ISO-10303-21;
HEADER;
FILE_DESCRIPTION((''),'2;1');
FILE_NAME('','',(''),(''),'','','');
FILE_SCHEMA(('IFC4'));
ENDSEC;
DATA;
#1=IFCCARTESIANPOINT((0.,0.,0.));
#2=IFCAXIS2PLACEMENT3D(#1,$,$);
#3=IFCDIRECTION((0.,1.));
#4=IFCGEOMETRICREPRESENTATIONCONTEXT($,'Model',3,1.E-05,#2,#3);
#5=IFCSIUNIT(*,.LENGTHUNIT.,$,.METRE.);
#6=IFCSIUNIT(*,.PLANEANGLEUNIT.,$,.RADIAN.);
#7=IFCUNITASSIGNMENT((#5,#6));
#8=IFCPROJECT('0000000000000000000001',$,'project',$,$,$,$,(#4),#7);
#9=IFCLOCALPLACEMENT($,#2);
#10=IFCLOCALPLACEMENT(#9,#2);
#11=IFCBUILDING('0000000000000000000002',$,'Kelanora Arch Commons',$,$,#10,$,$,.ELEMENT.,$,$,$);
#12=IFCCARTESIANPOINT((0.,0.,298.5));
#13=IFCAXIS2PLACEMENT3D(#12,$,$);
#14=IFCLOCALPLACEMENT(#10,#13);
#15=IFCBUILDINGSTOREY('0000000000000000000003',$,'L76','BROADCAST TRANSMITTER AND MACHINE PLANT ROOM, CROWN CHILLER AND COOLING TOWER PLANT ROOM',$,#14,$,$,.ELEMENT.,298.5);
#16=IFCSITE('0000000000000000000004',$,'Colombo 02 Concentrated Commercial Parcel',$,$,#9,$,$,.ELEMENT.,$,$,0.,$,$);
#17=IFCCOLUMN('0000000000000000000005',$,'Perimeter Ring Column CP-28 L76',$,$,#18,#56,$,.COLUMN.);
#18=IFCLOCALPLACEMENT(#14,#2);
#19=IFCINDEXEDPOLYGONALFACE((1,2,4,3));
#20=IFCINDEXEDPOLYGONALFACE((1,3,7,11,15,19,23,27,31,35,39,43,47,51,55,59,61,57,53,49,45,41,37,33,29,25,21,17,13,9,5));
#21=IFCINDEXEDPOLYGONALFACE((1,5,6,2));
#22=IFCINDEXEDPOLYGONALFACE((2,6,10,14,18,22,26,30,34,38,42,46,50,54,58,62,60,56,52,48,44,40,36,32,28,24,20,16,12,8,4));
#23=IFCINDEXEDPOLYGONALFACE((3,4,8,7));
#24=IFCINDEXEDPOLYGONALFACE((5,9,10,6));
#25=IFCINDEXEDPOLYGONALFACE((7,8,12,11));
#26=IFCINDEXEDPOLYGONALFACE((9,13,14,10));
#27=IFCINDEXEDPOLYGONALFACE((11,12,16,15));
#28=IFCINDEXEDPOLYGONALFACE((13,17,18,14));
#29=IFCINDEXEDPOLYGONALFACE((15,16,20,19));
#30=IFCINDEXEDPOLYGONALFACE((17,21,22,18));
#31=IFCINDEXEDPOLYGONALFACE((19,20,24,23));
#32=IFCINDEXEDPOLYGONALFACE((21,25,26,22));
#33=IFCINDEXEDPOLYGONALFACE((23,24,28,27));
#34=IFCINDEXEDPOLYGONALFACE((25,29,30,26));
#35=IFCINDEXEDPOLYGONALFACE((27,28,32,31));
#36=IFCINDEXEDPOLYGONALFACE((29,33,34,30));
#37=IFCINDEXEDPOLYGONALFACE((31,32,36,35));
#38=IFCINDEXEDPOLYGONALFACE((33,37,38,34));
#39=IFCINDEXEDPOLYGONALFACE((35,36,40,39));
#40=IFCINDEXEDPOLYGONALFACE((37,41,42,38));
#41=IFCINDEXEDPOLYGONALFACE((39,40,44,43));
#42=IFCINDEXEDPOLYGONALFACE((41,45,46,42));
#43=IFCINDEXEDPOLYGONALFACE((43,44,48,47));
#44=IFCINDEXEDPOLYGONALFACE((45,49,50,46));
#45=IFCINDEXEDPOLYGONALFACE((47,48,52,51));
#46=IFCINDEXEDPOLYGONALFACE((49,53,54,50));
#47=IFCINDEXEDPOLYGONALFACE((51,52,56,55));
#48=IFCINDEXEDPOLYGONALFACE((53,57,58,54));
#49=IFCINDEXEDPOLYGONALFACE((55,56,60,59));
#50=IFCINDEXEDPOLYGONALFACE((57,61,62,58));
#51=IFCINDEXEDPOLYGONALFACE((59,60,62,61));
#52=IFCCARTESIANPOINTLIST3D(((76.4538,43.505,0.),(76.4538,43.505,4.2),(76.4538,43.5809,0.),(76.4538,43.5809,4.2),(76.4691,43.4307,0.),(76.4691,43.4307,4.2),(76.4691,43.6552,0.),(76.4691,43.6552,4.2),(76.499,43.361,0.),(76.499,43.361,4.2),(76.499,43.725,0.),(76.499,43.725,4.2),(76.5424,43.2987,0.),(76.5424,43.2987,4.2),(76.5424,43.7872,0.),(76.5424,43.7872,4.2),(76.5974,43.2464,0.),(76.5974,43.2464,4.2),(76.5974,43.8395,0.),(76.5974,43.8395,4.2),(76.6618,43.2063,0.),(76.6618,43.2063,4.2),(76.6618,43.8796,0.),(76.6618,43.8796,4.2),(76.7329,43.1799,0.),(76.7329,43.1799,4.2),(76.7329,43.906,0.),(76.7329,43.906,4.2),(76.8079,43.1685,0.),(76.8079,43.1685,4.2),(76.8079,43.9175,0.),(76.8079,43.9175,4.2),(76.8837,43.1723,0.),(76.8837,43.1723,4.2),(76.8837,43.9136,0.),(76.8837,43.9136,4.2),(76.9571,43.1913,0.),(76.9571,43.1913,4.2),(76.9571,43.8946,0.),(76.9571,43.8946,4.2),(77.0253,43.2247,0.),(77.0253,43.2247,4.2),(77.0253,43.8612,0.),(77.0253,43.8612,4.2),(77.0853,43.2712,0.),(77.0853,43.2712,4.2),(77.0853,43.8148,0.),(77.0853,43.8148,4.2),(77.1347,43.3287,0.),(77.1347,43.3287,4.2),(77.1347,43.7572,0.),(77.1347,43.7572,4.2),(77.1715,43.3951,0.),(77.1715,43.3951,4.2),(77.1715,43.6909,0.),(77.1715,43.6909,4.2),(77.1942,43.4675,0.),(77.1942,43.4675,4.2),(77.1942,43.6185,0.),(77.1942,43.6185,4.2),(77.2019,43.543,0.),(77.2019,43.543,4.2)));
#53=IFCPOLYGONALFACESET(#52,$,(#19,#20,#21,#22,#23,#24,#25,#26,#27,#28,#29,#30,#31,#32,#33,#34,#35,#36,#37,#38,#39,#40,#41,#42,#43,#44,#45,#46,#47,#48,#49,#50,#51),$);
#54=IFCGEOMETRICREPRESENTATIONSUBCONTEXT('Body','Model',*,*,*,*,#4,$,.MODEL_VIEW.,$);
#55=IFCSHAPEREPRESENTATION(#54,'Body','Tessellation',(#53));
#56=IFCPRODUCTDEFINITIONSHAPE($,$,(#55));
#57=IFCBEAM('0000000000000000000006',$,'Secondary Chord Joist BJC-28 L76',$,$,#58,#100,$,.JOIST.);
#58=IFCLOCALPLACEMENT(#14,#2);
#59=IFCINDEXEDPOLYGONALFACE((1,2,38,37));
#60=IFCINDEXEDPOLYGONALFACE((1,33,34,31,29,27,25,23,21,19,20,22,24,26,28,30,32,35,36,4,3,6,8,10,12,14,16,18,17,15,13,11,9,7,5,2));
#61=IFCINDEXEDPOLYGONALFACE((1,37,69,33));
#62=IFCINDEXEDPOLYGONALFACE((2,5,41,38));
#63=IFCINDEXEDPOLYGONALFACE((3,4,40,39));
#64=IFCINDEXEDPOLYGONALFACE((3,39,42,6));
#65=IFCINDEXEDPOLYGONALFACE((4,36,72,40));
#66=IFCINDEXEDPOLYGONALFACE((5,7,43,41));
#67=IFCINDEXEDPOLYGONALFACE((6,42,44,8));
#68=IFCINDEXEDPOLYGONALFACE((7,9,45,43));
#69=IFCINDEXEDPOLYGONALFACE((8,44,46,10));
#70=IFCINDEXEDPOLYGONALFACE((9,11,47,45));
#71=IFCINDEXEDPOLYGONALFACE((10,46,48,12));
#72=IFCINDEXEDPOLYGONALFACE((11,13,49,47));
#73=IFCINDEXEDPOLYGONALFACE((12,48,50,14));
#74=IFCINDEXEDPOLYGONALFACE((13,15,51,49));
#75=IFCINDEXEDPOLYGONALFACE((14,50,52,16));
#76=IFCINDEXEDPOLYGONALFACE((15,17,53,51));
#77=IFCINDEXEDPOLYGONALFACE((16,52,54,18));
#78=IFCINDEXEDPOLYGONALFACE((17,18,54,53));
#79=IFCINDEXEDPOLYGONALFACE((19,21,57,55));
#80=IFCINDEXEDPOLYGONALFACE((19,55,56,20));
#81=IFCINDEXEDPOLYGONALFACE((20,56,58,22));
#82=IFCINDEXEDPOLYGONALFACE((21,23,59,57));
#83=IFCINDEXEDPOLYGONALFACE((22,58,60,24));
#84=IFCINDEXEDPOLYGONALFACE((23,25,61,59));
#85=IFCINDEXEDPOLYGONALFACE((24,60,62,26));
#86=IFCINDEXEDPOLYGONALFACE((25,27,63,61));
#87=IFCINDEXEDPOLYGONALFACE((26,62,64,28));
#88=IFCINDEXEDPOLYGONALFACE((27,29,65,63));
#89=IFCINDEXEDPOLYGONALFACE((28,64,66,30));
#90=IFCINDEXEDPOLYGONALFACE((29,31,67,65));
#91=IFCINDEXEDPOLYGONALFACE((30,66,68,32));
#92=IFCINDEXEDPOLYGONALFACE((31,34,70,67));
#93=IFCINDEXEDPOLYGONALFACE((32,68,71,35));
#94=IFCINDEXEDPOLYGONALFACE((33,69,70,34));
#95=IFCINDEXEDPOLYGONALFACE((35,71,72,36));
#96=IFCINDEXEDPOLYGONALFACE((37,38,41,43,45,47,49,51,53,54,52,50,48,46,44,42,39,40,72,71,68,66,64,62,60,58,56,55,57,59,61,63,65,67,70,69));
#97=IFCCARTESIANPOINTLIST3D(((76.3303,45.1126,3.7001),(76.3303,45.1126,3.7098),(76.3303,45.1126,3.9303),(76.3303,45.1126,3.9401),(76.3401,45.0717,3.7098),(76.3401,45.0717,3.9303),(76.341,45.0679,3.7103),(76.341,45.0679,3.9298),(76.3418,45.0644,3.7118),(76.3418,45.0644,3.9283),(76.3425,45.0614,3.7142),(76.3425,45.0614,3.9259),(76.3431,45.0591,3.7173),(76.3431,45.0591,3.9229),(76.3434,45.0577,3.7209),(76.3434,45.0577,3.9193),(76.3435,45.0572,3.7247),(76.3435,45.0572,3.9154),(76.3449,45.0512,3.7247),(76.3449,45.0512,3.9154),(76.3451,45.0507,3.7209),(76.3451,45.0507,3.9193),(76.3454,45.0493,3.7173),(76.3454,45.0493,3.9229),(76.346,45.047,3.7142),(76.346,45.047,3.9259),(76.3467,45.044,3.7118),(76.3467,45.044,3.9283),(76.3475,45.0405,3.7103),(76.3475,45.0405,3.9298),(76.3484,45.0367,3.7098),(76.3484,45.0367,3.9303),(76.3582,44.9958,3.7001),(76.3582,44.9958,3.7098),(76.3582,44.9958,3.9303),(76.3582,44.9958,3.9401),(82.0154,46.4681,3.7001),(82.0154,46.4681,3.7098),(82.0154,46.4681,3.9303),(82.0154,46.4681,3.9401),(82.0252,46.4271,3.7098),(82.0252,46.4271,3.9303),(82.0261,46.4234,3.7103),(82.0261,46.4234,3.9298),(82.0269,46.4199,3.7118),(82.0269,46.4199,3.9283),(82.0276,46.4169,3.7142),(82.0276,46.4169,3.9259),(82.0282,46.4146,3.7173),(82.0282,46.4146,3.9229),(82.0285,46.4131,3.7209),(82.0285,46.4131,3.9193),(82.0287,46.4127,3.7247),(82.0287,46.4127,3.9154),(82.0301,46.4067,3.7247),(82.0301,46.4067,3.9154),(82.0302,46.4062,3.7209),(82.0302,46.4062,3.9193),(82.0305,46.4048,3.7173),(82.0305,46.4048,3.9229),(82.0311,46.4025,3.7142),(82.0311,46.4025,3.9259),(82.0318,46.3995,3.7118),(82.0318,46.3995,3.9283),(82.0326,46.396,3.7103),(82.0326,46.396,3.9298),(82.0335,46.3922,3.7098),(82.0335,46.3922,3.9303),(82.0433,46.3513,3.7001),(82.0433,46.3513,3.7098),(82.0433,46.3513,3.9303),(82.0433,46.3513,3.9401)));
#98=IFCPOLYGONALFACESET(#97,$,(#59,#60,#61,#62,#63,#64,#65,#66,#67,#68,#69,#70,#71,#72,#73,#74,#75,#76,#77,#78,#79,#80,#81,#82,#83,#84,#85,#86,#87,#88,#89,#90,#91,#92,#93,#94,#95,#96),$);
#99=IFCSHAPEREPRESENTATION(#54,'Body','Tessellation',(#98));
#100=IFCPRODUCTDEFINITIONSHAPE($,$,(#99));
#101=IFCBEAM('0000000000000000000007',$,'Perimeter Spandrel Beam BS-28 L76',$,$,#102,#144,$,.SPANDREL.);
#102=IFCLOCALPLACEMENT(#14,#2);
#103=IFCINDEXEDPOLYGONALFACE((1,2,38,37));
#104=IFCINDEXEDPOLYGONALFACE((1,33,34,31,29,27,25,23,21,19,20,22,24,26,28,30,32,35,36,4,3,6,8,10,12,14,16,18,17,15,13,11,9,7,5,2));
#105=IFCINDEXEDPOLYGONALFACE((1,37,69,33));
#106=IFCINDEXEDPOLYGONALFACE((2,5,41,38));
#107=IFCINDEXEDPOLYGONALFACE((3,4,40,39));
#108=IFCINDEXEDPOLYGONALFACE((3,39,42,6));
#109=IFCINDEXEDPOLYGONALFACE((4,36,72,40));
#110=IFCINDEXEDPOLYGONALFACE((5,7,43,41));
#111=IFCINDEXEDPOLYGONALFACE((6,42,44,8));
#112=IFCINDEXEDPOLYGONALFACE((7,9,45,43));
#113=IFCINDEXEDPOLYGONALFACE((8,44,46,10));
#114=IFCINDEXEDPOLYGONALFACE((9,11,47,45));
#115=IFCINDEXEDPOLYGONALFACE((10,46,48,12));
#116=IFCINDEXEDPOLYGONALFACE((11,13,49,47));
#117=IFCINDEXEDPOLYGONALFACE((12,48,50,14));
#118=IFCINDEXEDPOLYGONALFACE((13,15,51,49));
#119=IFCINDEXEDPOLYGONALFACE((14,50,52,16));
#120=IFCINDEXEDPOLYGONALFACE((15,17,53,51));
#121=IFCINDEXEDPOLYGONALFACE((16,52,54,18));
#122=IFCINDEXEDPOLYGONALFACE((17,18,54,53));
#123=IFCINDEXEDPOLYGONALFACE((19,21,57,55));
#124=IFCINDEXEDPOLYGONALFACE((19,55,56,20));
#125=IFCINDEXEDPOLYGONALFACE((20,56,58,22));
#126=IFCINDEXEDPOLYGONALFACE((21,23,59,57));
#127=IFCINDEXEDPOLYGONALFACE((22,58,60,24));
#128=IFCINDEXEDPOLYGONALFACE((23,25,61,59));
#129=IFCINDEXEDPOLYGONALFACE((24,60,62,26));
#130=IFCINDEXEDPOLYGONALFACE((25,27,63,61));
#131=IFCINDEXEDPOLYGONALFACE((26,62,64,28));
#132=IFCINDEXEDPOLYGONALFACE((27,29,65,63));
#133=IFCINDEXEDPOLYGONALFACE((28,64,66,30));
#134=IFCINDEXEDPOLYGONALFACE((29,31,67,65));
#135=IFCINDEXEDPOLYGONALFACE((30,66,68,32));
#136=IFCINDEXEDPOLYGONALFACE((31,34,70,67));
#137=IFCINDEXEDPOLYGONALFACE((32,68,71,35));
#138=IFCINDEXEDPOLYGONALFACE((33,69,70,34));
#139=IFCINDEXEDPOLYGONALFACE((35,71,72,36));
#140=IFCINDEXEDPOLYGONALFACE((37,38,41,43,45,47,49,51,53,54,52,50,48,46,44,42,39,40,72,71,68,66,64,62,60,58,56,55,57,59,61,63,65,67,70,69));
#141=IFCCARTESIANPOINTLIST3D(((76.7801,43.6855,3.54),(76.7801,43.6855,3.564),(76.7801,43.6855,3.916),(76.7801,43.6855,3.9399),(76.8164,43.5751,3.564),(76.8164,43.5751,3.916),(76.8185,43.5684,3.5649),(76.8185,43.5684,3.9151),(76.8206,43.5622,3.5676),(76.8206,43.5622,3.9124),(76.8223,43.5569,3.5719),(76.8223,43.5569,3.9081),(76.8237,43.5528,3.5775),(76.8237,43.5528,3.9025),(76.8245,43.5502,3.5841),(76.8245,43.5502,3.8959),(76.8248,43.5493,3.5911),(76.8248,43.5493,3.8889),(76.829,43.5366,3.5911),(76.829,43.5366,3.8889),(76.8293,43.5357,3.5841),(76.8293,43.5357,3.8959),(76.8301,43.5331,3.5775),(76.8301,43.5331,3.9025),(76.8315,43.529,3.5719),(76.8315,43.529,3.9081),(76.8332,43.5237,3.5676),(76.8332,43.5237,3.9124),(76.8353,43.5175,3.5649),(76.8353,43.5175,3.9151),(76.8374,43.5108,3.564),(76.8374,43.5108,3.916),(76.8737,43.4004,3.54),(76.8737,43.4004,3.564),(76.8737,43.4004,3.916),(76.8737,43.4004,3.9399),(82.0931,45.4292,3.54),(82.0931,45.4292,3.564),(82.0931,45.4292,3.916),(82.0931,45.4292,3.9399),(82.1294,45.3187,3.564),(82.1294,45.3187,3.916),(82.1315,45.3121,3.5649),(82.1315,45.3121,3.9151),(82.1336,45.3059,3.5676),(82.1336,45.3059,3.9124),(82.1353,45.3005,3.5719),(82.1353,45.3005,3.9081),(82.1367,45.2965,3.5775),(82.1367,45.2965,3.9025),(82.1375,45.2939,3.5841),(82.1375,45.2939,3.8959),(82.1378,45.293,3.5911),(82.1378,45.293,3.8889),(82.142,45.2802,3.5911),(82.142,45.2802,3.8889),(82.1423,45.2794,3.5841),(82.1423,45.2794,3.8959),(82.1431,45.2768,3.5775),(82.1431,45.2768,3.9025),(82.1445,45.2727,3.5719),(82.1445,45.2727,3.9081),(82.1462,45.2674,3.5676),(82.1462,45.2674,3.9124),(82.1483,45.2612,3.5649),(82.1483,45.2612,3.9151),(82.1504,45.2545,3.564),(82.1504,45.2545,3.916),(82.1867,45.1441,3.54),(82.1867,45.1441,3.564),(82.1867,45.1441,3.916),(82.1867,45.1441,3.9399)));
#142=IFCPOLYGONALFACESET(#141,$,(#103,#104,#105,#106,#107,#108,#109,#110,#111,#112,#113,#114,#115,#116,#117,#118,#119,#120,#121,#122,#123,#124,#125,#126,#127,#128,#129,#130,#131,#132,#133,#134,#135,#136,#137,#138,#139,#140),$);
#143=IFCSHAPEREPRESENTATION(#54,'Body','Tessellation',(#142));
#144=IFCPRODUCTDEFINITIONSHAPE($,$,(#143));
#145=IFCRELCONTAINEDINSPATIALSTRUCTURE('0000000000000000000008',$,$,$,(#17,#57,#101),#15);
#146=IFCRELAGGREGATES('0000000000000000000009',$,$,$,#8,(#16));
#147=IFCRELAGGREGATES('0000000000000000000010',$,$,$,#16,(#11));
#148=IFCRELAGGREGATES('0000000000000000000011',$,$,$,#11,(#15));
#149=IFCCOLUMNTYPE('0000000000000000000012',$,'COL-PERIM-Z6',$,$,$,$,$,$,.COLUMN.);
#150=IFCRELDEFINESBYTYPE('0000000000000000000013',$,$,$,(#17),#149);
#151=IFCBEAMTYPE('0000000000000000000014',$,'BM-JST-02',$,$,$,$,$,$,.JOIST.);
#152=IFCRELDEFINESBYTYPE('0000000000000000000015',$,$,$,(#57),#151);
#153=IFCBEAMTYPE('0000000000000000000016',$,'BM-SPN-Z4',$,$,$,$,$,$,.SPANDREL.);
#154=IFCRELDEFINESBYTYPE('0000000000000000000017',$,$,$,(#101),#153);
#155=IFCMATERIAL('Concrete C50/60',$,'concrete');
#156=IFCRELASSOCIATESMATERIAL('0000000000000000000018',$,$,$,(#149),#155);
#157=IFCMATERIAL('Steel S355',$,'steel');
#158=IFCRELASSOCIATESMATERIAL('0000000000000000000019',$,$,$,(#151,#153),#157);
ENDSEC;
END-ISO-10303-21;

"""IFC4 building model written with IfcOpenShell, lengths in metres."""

from ifc_helpers import new_model, si_unit, direction, frame, origin, origin_2d, place, context, subcontext, project, spatial, circle, i_section, extrude, material, material_profile, profile_set, type_object, element, save


model = new_model("IFC4")

# Units and contexts
model_context = context("Model", 3, precision=1e-05, world=origin(), true_north=direction((0.0, 1.0)))
body_context = subcontext(model_context, "Body", "Model", "MODEL_VIEW")
ifc_project = project(units=[si_unit("LENGTHUNIT", "METRE"), si_unit("PLANEANGLEUNIT", "RADIAN")], contexts=[model_context])

# Site, building, storey
site_placement = place(None, origin())
site = spatial("IfcSite", under=ifc_project, at=site_placement, Name="Colombo 02 Concentrated Commercial Parcel", CompositionType="ELEMENT", RefElevation=0.0)
building_placement = place(site_placement, origin())
building = spatial("IfcBuilding", under=site, at=building_placement, Name="Kelanora Arch Commons", CompositionType="ELEMENT")
storey_placement = place(building_placement, frame((0.0, 0.0, 298.5)))
storey = spatial("IfcBuildingStorey", under=building, at=storey_placement, Name="L76", Description="BROADCAST TRANSMITTER AND MACHINE PLANT ROOM, CROWN CHILLER AND COOLING TOWER PLANT ROOM", CompositionType="ELEMENT", Elevation=298.5)

# Column
ifc_material_1 = material(Name="Concrete C50/60", Category="concrete")
ifc_material_profile_1 = material_profile(ifc_material_1, circle(Radius=0.375, at=origin_2d()), Name="RCC750")
ifc_profile_set_1 = profile_set([ifc_material_profile_1], Name="Concrete C50/60")
column_type = type_object("IfcColumnType", Name="COL-PERIM-Z6", PredefinedType="COLUMN", material=ifc_profile_set_1)
column_placement = place(storey_placement, frame((76.8269, 43.543, 0.0), z_axis=(0.0, 0.0, 1.0), x_axis=(1.0, 0.0, 0.0)))
element("IfcColumn", 1, at=column_placement, inside=storey, type_object=column_type, Name="Perimeter Ring Column CP-28 L76", PredefinedType="COLUMN", context=body_context, shape_type="SweptSolid", body=[
    extrude(circle(Radius=0.375, at=origin_2d()), origin(), (0.0, 0.0, 1.0), 4.2),
])

# Beams
ifc_material_2 = material(Name="Steel S355", Category="steel")
ifc_material_profile_2 = material_profile(ifc_material_2, i_section(OverallWidth=0.1201, OverallDepth=0.24, WebThickness=0.0061, FlangeThickness=0.0098, FilletRadius=0.0149, at=origin_2d()), Name="IPE240")
ifc_profile_set_2 = profile_set([ifc_material_profile_2], Name="Steel S355")
beam_type_1 = type_object("IfcBeamType", Name="BM-JST-02", PredefinedType="JOIST", material=ifc_profile_set_2)
beam_1_placement = place(storey_placement, frame((76.3442, 45.0542, 3.8201), z_axis=(0.972734, 0.231925, 0.0), x_axis=(-0.231925, 0.972734, 0.0)))
element("IfcBeam", 2, at=beam_1_placement, inside=storey, type_object=beam_type_1, Name="Secondary Chord Joist BJC-28 L76", PredefinedType="JOIST", context=body_context, shape_type="SweptSolid", body=[
    extrude(i_section(OverallWidth=0.1201, OverallDepth=0.24, WebThickness=0.0061, FlangeThickness=0.0098, FilletRadius=0.0149, at=origin_2d()), origin(), (0.0, 0.0, 1.0), 5.8445),
])
ifc_material_profile_3 = material_profile(ifc_material_2, i_section(OverallWidth=0.3, OverallDepth=0.3999, WebThickness=0.0134, FlangeThickness=0.0239, FilletRadius=0.0271, at=origin_2d()), Name="HEB400")
ifc_profile_set_3 = profile_set([ifc_material_profile_3], Name="Steel S355")
beam_type_2 = type_object("IfcBeamType", Name="BM-SPN-Z4", PredefinedType="SPANDREL", material=ifc_profile_set_3)
beam_2_placement = place(storey_placement, frame((76.8269, 43.543, 3.74), z_axis=(0.95014, 0.311823, 0.0), x_axis=(-0.311823, 0.95014, 0.0)))
element("IfcBeam", 3, at=beam_2_placement, inside=storey, type_object=beam_type_2, Name="Perimeter Spandrel Beam BS-28 L76", PredefinedType="SPANDREL", context=body_context, shape_type="SweptSolid", body=[
    extrude(i_section(OverallWidth=0.3, OverallDepth=0.3999, WebThickness=0.0134, FlangeThickness=0.0239, FilletRadius=0.0271, at=origin_2d()), origin(), (0.0, 0.0, 1.0), 5.5918),
])

save(model, "model.ifc")
